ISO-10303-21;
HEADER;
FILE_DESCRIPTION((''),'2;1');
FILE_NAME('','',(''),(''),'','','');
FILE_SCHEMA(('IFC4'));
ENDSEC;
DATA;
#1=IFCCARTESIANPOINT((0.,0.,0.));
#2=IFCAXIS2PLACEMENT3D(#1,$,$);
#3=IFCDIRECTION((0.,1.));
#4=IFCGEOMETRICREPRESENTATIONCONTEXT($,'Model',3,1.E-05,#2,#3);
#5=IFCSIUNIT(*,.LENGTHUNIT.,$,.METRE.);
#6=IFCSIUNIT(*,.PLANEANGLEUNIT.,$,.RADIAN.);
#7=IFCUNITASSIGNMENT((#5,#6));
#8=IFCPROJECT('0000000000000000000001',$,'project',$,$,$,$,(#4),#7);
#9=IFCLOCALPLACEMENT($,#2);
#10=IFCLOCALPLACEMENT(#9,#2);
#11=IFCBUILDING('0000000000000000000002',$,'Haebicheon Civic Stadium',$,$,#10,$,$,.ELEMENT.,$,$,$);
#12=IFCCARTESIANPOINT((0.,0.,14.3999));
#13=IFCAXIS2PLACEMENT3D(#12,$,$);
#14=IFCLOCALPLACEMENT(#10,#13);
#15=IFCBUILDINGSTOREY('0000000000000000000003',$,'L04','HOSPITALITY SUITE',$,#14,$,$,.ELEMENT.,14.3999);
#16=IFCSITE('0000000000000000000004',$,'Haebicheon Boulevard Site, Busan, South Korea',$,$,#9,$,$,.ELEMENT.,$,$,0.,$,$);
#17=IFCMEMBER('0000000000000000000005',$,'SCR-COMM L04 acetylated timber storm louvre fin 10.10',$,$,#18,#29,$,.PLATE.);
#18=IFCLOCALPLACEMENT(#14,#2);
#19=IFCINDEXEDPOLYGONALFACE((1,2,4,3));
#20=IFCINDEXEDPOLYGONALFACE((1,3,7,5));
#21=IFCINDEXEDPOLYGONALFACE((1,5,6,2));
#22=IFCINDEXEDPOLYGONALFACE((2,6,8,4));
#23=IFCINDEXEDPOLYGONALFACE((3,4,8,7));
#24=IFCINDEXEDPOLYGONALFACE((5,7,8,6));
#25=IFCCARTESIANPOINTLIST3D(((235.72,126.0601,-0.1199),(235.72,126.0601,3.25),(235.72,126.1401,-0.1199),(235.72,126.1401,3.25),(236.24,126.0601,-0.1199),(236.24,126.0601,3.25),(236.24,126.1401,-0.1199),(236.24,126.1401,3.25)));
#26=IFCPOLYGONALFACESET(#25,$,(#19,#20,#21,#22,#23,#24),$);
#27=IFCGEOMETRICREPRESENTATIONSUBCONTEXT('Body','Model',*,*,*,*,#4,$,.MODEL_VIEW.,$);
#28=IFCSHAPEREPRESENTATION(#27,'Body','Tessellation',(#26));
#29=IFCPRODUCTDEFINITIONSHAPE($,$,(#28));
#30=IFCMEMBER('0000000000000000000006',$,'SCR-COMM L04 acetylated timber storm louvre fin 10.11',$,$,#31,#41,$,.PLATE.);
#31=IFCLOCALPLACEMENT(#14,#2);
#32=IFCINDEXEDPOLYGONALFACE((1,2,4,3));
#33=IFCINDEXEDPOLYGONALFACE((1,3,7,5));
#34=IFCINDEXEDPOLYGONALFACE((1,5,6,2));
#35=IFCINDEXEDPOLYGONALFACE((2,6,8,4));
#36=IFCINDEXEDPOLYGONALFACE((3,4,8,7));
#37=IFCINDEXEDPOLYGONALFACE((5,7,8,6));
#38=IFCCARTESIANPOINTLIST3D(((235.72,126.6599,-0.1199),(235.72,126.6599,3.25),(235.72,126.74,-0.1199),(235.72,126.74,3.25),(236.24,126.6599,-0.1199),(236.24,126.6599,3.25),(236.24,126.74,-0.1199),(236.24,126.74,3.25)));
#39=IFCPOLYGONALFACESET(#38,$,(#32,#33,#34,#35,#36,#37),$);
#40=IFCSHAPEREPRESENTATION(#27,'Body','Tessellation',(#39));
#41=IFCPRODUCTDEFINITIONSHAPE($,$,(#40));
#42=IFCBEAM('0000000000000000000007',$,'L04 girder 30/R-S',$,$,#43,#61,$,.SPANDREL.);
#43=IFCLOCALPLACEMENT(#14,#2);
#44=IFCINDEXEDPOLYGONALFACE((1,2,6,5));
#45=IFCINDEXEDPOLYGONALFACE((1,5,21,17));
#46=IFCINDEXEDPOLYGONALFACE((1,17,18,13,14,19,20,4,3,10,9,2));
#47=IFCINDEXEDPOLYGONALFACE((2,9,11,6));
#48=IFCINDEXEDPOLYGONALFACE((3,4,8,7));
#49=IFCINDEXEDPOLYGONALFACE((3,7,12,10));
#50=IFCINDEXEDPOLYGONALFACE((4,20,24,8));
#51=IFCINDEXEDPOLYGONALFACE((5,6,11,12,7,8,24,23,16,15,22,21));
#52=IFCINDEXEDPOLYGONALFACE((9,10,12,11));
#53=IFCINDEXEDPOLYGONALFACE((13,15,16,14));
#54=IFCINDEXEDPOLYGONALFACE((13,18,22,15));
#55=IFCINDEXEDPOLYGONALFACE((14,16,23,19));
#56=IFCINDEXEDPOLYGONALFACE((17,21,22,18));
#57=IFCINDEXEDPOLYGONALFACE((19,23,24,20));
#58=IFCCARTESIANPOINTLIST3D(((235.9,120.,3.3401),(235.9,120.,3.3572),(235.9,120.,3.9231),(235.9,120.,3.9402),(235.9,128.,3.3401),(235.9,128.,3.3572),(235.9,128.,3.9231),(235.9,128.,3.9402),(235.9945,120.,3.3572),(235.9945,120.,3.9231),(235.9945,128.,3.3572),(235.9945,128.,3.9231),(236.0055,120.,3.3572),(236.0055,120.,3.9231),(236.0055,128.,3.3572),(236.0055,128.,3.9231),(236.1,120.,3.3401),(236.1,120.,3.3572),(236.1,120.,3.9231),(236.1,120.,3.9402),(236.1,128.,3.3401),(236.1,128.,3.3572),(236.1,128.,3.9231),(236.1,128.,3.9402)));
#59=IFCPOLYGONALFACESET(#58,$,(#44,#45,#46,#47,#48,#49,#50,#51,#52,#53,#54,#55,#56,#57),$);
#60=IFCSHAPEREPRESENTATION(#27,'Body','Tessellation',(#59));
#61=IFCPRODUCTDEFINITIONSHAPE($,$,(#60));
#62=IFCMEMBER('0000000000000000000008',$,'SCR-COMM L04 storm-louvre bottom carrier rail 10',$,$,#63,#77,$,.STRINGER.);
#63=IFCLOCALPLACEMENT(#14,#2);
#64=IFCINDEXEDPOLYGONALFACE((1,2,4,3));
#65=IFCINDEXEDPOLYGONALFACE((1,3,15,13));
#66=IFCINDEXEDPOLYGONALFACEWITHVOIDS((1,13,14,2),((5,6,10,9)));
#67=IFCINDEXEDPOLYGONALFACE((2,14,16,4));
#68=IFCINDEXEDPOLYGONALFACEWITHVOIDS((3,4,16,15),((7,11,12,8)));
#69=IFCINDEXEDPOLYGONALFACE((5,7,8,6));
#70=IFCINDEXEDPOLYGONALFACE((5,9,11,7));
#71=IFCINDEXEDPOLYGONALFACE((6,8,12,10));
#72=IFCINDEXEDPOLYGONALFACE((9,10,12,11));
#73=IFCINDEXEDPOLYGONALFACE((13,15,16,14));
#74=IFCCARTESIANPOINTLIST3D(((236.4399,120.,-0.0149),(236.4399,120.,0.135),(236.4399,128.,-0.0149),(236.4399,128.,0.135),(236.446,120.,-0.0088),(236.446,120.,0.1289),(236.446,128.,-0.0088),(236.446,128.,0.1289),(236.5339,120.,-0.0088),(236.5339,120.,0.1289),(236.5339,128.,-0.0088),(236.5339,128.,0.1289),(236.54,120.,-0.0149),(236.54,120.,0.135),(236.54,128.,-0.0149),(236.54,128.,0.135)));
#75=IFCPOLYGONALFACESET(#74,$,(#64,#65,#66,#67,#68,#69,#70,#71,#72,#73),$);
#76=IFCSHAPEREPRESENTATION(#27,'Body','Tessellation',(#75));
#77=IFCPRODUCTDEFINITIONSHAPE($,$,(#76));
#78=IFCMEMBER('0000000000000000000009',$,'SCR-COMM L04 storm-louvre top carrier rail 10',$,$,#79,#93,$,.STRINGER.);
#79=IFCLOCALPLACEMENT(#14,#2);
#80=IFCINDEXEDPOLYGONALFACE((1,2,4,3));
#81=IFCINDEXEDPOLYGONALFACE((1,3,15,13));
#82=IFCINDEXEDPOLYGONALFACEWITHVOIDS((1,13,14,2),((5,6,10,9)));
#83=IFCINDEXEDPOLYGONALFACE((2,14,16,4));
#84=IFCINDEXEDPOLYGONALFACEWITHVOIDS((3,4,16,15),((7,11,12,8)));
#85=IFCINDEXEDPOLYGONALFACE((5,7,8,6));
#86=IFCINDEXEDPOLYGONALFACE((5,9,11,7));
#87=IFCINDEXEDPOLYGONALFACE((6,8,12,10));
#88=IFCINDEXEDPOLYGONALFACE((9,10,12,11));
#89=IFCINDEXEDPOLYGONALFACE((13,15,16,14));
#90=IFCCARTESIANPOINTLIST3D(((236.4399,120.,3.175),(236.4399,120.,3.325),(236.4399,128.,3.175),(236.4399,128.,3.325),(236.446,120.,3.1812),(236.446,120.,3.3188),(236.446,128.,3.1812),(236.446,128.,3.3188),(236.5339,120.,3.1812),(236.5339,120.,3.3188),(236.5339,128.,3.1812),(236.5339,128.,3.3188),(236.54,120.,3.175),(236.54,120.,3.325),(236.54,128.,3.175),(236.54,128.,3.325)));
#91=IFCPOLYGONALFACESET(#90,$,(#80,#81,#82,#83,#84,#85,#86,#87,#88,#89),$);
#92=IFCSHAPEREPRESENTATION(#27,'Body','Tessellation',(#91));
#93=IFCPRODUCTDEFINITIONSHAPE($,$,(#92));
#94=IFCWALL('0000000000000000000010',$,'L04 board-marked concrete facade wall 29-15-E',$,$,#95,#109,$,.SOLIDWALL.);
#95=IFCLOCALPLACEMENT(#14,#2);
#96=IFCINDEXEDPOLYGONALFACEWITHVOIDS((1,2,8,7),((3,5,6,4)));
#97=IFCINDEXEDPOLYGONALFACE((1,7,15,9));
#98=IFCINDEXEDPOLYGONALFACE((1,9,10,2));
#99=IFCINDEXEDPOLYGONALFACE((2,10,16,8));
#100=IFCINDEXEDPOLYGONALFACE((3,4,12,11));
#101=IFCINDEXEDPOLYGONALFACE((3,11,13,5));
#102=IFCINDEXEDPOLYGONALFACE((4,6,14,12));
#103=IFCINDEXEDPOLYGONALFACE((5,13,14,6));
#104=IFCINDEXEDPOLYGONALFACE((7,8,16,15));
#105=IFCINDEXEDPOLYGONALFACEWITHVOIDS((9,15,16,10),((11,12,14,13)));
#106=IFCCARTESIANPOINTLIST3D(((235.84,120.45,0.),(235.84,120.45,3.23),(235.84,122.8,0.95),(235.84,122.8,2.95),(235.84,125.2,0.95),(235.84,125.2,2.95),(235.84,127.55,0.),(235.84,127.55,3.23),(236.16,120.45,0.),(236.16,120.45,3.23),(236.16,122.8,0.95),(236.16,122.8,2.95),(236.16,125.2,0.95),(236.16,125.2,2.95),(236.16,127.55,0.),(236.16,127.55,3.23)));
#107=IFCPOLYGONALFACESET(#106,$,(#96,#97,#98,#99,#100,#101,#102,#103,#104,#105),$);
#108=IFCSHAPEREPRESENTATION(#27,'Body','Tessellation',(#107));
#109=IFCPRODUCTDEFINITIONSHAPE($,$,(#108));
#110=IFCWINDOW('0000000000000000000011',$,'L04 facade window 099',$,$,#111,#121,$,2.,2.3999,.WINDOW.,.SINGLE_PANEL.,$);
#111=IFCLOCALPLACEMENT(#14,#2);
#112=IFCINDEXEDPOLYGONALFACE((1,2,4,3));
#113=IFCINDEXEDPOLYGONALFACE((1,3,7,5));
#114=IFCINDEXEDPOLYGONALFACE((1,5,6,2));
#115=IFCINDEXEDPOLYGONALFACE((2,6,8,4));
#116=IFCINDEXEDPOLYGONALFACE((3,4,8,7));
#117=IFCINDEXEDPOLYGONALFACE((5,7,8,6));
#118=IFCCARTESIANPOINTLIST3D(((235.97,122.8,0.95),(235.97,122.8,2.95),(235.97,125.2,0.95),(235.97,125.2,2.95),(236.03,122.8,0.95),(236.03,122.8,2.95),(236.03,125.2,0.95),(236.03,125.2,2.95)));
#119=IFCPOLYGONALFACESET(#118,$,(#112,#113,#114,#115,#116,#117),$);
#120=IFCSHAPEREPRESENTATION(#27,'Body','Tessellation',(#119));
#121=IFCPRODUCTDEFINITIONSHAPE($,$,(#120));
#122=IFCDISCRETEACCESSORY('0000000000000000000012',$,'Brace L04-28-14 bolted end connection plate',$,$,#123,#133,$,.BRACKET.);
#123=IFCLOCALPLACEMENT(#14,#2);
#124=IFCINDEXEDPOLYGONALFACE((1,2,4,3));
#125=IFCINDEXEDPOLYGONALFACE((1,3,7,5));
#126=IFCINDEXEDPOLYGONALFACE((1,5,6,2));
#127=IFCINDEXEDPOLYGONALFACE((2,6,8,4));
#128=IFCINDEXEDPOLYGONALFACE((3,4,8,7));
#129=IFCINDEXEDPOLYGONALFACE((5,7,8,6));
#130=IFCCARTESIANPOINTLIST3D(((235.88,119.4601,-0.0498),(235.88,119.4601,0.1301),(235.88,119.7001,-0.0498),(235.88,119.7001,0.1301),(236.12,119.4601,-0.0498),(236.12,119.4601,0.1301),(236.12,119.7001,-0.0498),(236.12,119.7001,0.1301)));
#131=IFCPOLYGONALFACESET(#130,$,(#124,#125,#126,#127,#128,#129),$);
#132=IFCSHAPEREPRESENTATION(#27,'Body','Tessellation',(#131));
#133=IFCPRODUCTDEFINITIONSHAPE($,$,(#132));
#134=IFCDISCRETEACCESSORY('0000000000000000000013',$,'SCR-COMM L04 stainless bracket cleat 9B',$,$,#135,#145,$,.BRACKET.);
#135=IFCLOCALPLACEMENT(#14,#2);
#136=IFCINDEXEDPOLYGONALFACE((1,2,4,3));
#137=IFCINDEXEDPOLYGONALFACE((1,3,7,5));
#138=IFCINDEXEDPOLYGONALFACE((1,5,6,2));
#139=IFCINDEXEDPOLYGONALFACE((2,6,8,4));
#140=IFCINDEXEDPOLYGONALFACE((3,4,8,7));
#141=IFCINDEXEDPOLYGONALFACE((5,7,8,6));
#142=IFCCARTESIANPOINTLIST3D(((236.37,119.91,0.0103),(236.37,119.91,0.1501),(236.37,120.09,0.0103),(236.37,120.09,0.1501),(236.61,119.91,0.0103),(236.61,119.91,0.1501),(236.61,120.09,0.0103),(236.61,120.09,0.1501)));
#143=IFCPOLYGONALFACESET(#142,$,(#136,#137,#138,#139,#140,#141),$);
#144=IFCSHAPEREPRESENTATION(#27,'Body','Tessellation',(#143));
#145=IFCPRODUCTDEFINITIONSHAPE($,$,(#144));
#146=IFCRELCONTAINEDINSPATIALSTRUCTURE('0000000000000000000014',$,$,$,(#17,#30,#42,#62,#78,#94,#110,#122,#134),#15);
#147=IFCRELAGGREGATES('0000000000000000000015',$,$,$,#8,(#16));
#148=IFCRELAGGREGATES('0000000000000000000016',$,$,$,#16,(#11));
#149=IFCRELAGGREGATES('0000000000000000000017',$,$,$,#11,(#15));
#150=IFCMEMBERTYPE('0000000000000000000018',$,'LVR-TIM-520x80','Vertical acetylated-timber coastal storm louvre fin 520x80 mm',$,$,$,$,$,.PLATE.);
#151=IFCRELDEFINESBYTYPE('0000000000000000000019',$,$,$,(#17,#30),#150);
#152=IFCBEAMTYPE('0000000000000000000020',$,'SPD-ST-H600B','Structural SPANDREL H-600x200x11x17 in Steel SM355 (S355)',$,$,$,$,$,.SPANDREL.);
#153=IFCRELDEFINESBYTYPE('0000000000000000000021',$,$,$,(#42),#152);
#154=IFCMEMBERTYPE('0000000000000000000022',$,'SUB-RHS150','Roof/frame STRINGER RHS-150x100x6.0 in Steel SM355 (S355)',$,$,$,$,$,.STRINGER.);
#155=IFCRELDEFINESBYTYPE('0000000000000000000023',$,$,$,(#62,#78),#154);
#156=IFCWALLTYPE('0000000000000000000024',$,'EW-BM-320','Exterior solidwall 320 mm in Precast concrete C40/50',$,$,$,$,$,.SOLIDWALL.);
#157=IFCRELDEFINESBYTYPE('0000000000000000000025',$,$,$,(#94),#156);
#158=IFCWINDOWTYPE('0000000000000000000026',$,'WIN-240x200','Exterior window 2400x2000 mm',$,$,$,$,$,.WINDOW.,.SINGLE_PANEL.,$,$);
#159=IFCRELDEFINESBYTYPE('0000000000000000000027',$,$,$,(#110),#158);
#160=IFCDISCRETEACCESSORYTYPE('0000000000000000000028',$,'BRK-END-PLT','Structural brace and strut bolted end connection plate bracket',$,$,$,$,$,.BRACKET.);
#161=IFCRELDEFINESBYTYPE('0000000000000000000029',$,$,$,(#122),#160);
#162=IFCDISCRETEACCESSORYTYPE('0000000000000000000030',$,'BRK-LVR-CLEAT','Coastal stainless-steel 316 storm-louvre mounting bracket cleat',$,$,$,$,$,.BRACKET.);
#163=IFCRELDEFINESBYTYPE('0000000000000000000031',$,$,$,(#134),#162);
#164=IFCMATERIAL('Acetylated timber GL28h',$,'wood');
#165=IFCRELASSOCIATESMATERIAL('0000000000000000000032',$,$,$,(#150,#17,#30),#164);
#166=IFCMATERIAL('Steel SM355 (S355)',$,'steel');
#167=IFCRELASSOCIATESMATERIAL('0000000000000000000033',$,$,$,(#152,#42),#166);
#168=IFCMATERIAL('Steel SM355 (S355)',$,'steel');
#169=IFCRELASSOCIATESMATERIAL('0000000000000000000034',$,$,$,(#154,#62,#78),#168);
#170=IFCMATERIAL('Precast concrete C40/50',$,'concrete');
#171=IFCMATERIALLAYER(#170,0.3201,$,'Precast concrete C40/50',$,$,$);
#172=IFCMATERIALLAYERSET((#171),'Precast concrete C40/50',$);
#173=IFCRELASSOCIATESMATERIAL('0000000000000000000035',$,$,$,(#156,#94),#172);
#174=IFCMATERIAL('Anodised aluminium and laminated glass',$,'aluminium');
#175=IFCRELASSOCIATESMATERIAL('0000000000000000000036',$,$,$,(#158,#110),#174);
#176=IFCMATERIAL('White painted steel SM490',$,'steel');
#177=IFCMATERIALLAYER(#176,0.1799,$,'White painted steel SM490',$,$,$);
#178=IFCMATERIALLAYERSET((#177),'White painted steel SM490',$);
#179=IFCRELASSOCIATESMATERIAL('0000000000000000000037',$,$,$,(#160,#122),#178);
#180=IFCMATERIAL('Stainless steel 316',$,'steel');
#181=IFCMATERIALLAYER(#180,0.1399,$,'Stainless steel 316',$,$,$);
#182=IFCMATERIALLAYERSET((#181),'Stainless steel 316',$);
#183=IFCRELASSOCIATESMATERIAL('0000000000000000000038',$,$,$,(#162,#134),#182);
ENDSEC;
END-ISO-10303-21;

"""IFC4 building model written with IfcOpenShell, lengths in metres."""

from ifc_helpers import new_model, si_unit, direction, frame, frame_2d, origin, origin_2d, place, context, subcontext, project, spatial, rectangle, hollow_rectangle, i_section, extrude, material, layer, layer_set, material_profile, profile_set, type_object, element, fill, save


model = new_model("IFC4")

# Units and contexts
model_context = context("Model", 3, precision=1e-05, world=origin(), true_north=direction((0.0, 1.0)))
body_context = subcontext(model_context, "Body", "Model", "MODEL_VIEW")
ifc_project = project(units=[si_unit("LENGTHUNIT", "METRE"), si_unit("PLANEANGLEUNIT", "RADIAN")], contexts=[model_context])

# Site, building, storey
site_placement = place(None, origin())
site = spatial("IfcSite", under=ifc_project, at=site_placement, Name="Haebicheon Boulevard Site, Busan, South Korea", CompositionType="ELEMENT", RefElevation=0.0)
building_placement = place(site_placement, origin())
building = spatial("IfcBuilding", under=site, at=building_placement, Name="Haebicheon Civic Stadium", CompositionType="ELEMENT")
storey_placement = place(building_placement, frame((0.0, 0.0, 14.3999)))
storey = spatial("IfcBuildingStorey", under=building, at=storey_placement, Name="L04", Description="HOSPITALITY SUITE", CompositionType="ELEMENT", Elevation=14.3999)

# Members
ifc_material_1 = material(Name="Acetylated timber GL28h", Category="wood")
ifc_material_profile_1 = material_profile(ifc_material_1, rectangle(XDim=0.0801, YDim=0.52, at=origin_2d()), Name="TMB-LOUV-80x520")
ifc_profile_set_1 = profile_set([ifc_material_profile_1], Name="Acetylated timber GL28h")
member_type_1 = type_object("IfcMemberType", Name="LVR-TIM-520x80", Description="Vertical acetylated-timber coastal storm louvre fin 520x80 mm", PredefinedType="PLATE", material=ifc_profile_set_1)
for number, where, z_axis, x_axis, name in (
    (1, (235.98, 126.1001, -0.1199), (0.0, 0.0, 1.0), (0.0, 1.0, 0.0), "SCR-COMM L04 acetylated timber storm louvre fin 10.10"),
    (2, (235.98, 126.7, -0.1199), (0.0, 0.0, 1.0), (0.0, 1.0, 0.0), "SCR-COMM L04 acetylated timber storm louvre fin 10.11"),
):
    element("IfcMember", number, at=place(storey_placement, frame(where, z_axis=z_axis, x_axis=x_axis)), inside=storey, type_object=member_type_1, material=ifc_profile_set_1, Name=name, PredefinedType="PLATE", context=body_context, shape_type="SweptSolid", body=[
        extrude(rectangle(XDim=0.0801, YDim=0.52, at=origin_2d()), origin(), (0.0, 0.0, 1.0), 3.3699),
    ])

# Beam
ifc_material_2 = material(Name="Steel SM355 (S355)", Category="steel")
ifc_material_profile_2 = material_profile(ifc_material_2, i_section(OverallWidth=0.2, OverallDepth=0.6001, WebThickness=0.011, FlangeThickness=0.0171, at=origin_2d()), Name="H-600x200x11x17")
ifc_profile_set_2 = profile_set([ifc_material_profile_2], Name="Steel SM355 (S355)")
beam_type_1 = type_object("IfcBeamType", Name="SPD-ST-H600B", Description="Structural SPANDREL H-600x200x11x17 in Steel SM355 (S355)", PredefinedType="SPANDREL", material=ifc_profile_set_2)
beam_1_placement = place(storey_placement, frame((236.0, 120.0, 3.6401), z_axis=(0.0, 1.0, 0.0), x_axis=(-1.0, 0.0, 0.0)))
element("IfcBeam", 3, at=beam_1_placement, inside=storey, type_object=beam_type_1, material=ifc_profile_set_2, Name="L04 girder 30/R-S", PredefinedType="SPANDREL", context=body_context, shape_type="SweptSolid", body=[
    extrude(i_section(OverallWidth=0.2, OverallDepth=0.6001, WebThickness=0.011, FlangeThickness=0.0171, at=origin_2d()), origin(), (0.0, 0.0, 1.0), 8.0),
])

# Members
ifc_material_3 = material(Name="Steel SM355 (S355)", Category="steel")
ifc_material_profile_3 = material_profile(ifc_material_3, hollow_rectangle(XDim=0.1001, YDim=0.1499, WallThickness=0.0061, at=origin_2d()), Name="RHS-150x100x6.0")
ifc_profile_set_3 = profile_set([ifc_material_profile_3], Name="Steel SM355 (S355)")
member_type_2 = type_object("IfcMemberType", Name="SUB-RHS150", Description="Roof/frame STRINGER RHS-150x100x6.0 in Steel SM355 (S355)", PredefinedType="STRINGER", material=ifc_profile_set_3)
for number, where, z_axis, x_axis, name in (
    (4, (236.49, 120.0, 0.0601), (0.0, 1.0, 0.0), (-1.0, 0.0, 0.0), "SCR-COMM L04 storm-louvre bottom carrier rail 10"),
    (5, (236.49, 120.0, 3.25), (0.0, 1.0, 0.0), (-1.0, 0.0, 0.0), "SCR-COMM L04 storm-louvre top carrier rail 10"),
):
    element("IfcMember", number, at=place(storey_placement, frame(where, z_axis=z_axis, x_axis=x_axis)), inside=storey, type_object=member_type_2, material=ifc_profile_set_3, Name=name, PredefinedType="STRINGER", context=body_context, shape_type="SweptSolid", body=[
        extrude(hollow_rectangle(XDim=0.1001, YDim=0.1499, WallThickness=0.0061, at=origin_2d()), origin(), (0.0, 0.0, 1.0), 8.0),
    ])

# Wall, opening, window
ifc_material_4 = material(Name="Precast concrete C40/50", Category="concrete")
ifc_layer_1 = layer(ifc_material_4, 0.3201, Name="Precast concrete C40/50")
ifc_layer_set_1 = layer_set([ifc_layer_1], Name="Precast concrete C40/50")
wall_type = type_object("IfcWallType", Name="EW-BM-320", Description="Exterior solidwall 320 mm in Precast concrete C40/50", PredefinedType="SOLIDWALL", material=ifc_layer_set_1)
wall_placement = place(storey_placement, frame((236.0, 120.45, 0.0), z_axis=(0.0, 0.0, 1.0), x_axis=(0.0, 1.0, 0.0)))
wall = element("IfcWall", 6, at=wall_placement, inside=storey, type_object=wall_type, material=ifc_layer_set_1, Name="L04 board-marked concrete facade wall 29-15-E", PredefinedType="SOLIDWALL", context=body_context, shape_type="SweptSolid", body=[
    extrude(rectangle(XDim=7.1001, YDim=0.3201, at=frame_2d((3.55, 0.0))), origin(), (0.0, 0.0, 1.0), 3.23),
])
opening_placement = place(wall_placement, frame((2.3501, 0.0, 0.95)))
opening = element("IfcOpeningElement", 7, at=opening_placement, cuts=wall, PredefinedType="OPENING", context=body_context, shape_type="SweptSolid", body=[
    extrude(rectangle(XDim=2.3999, YDim=2.0, at=frame_2d((1.2, 1.0))), frame((0.0, 0.1699, 0.0), z_axis=(0.0, -1.0, 0.0), x_axis=(1.0, 0.0, 0.0)), (0.0, 0.0, 1.0), 0.3401),
])
ifc_material_5 = material(Name="Anodised aluminium and laminated glass", Category="aluminium")
window_type = type_object("IfcWindowType", Name="WIN-240x200", Description="Exterior window 2400x2000 mm", PartitioningType="SINGLE_PANEL", PredefinedType="WINDOW", material=ifc_material_5)
window_placement = place(opening_placement, origin())
window = element("IfcWindow", 8, at=window_placement, inside=storey, type_object=window_type, material=ifc_material_5, Name="L04 facade window 099", OverallHeight=2.0, OverallWidth=2.3999, PartitioningType="SINGLE_PANEL", PredefinedType="WINDOW", context=body_context, shape_type="SweptSolid", body=[
    extrude(rectangle(XDim=2.3999, YDim=2.0, at=frame_2d((1.2, 1.0))), frame((0.0, 0.03, 0.0), z_axis=(0.0, -1.0, 0.0), x_axis=(1.0, 0.0, 0.0)), (0.0, 0.0, 1.0), 0.0601),
])
fill(opening, window)

# Discrete accessories
ifc_material_6 = material(Name="White painted steel SM490", Category="steel")
ifc_layer_2 = layer(ifc_material_6, 0.1799, Name="White painted steel SM490")
ifc_layer_set_2 = layer_set([ifc_layer_2], Name="White painted steel SM490")
discrete_accessory_type_1 = type_object("IfcDiscreteAccessoryType", Name="BRK-END-PLT", Description="Structural brace and strut bolted end connection plate bracket", PredefinedType="BRACKET", material=ifc_layer_set_2)
discrete_accessory_1_placement = place(storey_placement, frame((236.0, 119.5801, -0.0498), z_axis=(0.0, 0.0, 1.0), x_axis=(1.0, 0.0, 0.0)))
element("IfcDiscreteAccessory", 9, at=discrete_accessory_1_placement, inside=storey, type_object=discrete_accessory_type_1, material=ifc_layer_set_2, Name="Brace L04-28-14 bolted end connection plate", PredefinedType="BRACKET", context=body_context, shape_type="SweptSolid", body=[
    extrude(rectangle(XDim=0.24, YDim=0.24, at=origin_2d()), origin(), (0.0, 0.0, 1.0), 0.1799),
])
ifc_material_7 = material(Name="Stainless steel 316", Category="steel")
ifc_layer_3 = layer(ifc_material_7, 0.1399, Name="Stainless steel 316")
ifc_layer_set_3 = layer_set([ifc_layer_3], Name="Stainless steel 316")
discrete_accessory_type_2 = type_object("IfcDiscreteAccessoryType", Name="BRK-LVR-CLEAT", Description="Coastal stainless-steel 316 storm-louvre mounting bracket cleat", PredefinedType="BRACKET", material=ifc_layer_set_3)
discrete_accessory_2_placement = place(storey_placement, frame((236.49, 120.0, 0.0103), z_axis=(0.0, 0.0, 1.0), x_axis=(1.0, 0.0, 0.0)))
element("IfcDiscreteAccessory", 10, at=discrete_accessory_2_placement, inside=storey, type_object=discrete_accessory_type_2, material=ifc_layer_set_3, Name="SCR-COMM L04 stainless bracket cleat 9B", PredefinedType="BRACKET", context=body_context, shape_type="SweptSolid", body=[
    extrude(rectangle(XDim=0.24, YDim=0.1799, at=origin_2d()), origin(), (0.0, 0.0, 1.0), 0.1399),
])

save(model, "model.ifc")
